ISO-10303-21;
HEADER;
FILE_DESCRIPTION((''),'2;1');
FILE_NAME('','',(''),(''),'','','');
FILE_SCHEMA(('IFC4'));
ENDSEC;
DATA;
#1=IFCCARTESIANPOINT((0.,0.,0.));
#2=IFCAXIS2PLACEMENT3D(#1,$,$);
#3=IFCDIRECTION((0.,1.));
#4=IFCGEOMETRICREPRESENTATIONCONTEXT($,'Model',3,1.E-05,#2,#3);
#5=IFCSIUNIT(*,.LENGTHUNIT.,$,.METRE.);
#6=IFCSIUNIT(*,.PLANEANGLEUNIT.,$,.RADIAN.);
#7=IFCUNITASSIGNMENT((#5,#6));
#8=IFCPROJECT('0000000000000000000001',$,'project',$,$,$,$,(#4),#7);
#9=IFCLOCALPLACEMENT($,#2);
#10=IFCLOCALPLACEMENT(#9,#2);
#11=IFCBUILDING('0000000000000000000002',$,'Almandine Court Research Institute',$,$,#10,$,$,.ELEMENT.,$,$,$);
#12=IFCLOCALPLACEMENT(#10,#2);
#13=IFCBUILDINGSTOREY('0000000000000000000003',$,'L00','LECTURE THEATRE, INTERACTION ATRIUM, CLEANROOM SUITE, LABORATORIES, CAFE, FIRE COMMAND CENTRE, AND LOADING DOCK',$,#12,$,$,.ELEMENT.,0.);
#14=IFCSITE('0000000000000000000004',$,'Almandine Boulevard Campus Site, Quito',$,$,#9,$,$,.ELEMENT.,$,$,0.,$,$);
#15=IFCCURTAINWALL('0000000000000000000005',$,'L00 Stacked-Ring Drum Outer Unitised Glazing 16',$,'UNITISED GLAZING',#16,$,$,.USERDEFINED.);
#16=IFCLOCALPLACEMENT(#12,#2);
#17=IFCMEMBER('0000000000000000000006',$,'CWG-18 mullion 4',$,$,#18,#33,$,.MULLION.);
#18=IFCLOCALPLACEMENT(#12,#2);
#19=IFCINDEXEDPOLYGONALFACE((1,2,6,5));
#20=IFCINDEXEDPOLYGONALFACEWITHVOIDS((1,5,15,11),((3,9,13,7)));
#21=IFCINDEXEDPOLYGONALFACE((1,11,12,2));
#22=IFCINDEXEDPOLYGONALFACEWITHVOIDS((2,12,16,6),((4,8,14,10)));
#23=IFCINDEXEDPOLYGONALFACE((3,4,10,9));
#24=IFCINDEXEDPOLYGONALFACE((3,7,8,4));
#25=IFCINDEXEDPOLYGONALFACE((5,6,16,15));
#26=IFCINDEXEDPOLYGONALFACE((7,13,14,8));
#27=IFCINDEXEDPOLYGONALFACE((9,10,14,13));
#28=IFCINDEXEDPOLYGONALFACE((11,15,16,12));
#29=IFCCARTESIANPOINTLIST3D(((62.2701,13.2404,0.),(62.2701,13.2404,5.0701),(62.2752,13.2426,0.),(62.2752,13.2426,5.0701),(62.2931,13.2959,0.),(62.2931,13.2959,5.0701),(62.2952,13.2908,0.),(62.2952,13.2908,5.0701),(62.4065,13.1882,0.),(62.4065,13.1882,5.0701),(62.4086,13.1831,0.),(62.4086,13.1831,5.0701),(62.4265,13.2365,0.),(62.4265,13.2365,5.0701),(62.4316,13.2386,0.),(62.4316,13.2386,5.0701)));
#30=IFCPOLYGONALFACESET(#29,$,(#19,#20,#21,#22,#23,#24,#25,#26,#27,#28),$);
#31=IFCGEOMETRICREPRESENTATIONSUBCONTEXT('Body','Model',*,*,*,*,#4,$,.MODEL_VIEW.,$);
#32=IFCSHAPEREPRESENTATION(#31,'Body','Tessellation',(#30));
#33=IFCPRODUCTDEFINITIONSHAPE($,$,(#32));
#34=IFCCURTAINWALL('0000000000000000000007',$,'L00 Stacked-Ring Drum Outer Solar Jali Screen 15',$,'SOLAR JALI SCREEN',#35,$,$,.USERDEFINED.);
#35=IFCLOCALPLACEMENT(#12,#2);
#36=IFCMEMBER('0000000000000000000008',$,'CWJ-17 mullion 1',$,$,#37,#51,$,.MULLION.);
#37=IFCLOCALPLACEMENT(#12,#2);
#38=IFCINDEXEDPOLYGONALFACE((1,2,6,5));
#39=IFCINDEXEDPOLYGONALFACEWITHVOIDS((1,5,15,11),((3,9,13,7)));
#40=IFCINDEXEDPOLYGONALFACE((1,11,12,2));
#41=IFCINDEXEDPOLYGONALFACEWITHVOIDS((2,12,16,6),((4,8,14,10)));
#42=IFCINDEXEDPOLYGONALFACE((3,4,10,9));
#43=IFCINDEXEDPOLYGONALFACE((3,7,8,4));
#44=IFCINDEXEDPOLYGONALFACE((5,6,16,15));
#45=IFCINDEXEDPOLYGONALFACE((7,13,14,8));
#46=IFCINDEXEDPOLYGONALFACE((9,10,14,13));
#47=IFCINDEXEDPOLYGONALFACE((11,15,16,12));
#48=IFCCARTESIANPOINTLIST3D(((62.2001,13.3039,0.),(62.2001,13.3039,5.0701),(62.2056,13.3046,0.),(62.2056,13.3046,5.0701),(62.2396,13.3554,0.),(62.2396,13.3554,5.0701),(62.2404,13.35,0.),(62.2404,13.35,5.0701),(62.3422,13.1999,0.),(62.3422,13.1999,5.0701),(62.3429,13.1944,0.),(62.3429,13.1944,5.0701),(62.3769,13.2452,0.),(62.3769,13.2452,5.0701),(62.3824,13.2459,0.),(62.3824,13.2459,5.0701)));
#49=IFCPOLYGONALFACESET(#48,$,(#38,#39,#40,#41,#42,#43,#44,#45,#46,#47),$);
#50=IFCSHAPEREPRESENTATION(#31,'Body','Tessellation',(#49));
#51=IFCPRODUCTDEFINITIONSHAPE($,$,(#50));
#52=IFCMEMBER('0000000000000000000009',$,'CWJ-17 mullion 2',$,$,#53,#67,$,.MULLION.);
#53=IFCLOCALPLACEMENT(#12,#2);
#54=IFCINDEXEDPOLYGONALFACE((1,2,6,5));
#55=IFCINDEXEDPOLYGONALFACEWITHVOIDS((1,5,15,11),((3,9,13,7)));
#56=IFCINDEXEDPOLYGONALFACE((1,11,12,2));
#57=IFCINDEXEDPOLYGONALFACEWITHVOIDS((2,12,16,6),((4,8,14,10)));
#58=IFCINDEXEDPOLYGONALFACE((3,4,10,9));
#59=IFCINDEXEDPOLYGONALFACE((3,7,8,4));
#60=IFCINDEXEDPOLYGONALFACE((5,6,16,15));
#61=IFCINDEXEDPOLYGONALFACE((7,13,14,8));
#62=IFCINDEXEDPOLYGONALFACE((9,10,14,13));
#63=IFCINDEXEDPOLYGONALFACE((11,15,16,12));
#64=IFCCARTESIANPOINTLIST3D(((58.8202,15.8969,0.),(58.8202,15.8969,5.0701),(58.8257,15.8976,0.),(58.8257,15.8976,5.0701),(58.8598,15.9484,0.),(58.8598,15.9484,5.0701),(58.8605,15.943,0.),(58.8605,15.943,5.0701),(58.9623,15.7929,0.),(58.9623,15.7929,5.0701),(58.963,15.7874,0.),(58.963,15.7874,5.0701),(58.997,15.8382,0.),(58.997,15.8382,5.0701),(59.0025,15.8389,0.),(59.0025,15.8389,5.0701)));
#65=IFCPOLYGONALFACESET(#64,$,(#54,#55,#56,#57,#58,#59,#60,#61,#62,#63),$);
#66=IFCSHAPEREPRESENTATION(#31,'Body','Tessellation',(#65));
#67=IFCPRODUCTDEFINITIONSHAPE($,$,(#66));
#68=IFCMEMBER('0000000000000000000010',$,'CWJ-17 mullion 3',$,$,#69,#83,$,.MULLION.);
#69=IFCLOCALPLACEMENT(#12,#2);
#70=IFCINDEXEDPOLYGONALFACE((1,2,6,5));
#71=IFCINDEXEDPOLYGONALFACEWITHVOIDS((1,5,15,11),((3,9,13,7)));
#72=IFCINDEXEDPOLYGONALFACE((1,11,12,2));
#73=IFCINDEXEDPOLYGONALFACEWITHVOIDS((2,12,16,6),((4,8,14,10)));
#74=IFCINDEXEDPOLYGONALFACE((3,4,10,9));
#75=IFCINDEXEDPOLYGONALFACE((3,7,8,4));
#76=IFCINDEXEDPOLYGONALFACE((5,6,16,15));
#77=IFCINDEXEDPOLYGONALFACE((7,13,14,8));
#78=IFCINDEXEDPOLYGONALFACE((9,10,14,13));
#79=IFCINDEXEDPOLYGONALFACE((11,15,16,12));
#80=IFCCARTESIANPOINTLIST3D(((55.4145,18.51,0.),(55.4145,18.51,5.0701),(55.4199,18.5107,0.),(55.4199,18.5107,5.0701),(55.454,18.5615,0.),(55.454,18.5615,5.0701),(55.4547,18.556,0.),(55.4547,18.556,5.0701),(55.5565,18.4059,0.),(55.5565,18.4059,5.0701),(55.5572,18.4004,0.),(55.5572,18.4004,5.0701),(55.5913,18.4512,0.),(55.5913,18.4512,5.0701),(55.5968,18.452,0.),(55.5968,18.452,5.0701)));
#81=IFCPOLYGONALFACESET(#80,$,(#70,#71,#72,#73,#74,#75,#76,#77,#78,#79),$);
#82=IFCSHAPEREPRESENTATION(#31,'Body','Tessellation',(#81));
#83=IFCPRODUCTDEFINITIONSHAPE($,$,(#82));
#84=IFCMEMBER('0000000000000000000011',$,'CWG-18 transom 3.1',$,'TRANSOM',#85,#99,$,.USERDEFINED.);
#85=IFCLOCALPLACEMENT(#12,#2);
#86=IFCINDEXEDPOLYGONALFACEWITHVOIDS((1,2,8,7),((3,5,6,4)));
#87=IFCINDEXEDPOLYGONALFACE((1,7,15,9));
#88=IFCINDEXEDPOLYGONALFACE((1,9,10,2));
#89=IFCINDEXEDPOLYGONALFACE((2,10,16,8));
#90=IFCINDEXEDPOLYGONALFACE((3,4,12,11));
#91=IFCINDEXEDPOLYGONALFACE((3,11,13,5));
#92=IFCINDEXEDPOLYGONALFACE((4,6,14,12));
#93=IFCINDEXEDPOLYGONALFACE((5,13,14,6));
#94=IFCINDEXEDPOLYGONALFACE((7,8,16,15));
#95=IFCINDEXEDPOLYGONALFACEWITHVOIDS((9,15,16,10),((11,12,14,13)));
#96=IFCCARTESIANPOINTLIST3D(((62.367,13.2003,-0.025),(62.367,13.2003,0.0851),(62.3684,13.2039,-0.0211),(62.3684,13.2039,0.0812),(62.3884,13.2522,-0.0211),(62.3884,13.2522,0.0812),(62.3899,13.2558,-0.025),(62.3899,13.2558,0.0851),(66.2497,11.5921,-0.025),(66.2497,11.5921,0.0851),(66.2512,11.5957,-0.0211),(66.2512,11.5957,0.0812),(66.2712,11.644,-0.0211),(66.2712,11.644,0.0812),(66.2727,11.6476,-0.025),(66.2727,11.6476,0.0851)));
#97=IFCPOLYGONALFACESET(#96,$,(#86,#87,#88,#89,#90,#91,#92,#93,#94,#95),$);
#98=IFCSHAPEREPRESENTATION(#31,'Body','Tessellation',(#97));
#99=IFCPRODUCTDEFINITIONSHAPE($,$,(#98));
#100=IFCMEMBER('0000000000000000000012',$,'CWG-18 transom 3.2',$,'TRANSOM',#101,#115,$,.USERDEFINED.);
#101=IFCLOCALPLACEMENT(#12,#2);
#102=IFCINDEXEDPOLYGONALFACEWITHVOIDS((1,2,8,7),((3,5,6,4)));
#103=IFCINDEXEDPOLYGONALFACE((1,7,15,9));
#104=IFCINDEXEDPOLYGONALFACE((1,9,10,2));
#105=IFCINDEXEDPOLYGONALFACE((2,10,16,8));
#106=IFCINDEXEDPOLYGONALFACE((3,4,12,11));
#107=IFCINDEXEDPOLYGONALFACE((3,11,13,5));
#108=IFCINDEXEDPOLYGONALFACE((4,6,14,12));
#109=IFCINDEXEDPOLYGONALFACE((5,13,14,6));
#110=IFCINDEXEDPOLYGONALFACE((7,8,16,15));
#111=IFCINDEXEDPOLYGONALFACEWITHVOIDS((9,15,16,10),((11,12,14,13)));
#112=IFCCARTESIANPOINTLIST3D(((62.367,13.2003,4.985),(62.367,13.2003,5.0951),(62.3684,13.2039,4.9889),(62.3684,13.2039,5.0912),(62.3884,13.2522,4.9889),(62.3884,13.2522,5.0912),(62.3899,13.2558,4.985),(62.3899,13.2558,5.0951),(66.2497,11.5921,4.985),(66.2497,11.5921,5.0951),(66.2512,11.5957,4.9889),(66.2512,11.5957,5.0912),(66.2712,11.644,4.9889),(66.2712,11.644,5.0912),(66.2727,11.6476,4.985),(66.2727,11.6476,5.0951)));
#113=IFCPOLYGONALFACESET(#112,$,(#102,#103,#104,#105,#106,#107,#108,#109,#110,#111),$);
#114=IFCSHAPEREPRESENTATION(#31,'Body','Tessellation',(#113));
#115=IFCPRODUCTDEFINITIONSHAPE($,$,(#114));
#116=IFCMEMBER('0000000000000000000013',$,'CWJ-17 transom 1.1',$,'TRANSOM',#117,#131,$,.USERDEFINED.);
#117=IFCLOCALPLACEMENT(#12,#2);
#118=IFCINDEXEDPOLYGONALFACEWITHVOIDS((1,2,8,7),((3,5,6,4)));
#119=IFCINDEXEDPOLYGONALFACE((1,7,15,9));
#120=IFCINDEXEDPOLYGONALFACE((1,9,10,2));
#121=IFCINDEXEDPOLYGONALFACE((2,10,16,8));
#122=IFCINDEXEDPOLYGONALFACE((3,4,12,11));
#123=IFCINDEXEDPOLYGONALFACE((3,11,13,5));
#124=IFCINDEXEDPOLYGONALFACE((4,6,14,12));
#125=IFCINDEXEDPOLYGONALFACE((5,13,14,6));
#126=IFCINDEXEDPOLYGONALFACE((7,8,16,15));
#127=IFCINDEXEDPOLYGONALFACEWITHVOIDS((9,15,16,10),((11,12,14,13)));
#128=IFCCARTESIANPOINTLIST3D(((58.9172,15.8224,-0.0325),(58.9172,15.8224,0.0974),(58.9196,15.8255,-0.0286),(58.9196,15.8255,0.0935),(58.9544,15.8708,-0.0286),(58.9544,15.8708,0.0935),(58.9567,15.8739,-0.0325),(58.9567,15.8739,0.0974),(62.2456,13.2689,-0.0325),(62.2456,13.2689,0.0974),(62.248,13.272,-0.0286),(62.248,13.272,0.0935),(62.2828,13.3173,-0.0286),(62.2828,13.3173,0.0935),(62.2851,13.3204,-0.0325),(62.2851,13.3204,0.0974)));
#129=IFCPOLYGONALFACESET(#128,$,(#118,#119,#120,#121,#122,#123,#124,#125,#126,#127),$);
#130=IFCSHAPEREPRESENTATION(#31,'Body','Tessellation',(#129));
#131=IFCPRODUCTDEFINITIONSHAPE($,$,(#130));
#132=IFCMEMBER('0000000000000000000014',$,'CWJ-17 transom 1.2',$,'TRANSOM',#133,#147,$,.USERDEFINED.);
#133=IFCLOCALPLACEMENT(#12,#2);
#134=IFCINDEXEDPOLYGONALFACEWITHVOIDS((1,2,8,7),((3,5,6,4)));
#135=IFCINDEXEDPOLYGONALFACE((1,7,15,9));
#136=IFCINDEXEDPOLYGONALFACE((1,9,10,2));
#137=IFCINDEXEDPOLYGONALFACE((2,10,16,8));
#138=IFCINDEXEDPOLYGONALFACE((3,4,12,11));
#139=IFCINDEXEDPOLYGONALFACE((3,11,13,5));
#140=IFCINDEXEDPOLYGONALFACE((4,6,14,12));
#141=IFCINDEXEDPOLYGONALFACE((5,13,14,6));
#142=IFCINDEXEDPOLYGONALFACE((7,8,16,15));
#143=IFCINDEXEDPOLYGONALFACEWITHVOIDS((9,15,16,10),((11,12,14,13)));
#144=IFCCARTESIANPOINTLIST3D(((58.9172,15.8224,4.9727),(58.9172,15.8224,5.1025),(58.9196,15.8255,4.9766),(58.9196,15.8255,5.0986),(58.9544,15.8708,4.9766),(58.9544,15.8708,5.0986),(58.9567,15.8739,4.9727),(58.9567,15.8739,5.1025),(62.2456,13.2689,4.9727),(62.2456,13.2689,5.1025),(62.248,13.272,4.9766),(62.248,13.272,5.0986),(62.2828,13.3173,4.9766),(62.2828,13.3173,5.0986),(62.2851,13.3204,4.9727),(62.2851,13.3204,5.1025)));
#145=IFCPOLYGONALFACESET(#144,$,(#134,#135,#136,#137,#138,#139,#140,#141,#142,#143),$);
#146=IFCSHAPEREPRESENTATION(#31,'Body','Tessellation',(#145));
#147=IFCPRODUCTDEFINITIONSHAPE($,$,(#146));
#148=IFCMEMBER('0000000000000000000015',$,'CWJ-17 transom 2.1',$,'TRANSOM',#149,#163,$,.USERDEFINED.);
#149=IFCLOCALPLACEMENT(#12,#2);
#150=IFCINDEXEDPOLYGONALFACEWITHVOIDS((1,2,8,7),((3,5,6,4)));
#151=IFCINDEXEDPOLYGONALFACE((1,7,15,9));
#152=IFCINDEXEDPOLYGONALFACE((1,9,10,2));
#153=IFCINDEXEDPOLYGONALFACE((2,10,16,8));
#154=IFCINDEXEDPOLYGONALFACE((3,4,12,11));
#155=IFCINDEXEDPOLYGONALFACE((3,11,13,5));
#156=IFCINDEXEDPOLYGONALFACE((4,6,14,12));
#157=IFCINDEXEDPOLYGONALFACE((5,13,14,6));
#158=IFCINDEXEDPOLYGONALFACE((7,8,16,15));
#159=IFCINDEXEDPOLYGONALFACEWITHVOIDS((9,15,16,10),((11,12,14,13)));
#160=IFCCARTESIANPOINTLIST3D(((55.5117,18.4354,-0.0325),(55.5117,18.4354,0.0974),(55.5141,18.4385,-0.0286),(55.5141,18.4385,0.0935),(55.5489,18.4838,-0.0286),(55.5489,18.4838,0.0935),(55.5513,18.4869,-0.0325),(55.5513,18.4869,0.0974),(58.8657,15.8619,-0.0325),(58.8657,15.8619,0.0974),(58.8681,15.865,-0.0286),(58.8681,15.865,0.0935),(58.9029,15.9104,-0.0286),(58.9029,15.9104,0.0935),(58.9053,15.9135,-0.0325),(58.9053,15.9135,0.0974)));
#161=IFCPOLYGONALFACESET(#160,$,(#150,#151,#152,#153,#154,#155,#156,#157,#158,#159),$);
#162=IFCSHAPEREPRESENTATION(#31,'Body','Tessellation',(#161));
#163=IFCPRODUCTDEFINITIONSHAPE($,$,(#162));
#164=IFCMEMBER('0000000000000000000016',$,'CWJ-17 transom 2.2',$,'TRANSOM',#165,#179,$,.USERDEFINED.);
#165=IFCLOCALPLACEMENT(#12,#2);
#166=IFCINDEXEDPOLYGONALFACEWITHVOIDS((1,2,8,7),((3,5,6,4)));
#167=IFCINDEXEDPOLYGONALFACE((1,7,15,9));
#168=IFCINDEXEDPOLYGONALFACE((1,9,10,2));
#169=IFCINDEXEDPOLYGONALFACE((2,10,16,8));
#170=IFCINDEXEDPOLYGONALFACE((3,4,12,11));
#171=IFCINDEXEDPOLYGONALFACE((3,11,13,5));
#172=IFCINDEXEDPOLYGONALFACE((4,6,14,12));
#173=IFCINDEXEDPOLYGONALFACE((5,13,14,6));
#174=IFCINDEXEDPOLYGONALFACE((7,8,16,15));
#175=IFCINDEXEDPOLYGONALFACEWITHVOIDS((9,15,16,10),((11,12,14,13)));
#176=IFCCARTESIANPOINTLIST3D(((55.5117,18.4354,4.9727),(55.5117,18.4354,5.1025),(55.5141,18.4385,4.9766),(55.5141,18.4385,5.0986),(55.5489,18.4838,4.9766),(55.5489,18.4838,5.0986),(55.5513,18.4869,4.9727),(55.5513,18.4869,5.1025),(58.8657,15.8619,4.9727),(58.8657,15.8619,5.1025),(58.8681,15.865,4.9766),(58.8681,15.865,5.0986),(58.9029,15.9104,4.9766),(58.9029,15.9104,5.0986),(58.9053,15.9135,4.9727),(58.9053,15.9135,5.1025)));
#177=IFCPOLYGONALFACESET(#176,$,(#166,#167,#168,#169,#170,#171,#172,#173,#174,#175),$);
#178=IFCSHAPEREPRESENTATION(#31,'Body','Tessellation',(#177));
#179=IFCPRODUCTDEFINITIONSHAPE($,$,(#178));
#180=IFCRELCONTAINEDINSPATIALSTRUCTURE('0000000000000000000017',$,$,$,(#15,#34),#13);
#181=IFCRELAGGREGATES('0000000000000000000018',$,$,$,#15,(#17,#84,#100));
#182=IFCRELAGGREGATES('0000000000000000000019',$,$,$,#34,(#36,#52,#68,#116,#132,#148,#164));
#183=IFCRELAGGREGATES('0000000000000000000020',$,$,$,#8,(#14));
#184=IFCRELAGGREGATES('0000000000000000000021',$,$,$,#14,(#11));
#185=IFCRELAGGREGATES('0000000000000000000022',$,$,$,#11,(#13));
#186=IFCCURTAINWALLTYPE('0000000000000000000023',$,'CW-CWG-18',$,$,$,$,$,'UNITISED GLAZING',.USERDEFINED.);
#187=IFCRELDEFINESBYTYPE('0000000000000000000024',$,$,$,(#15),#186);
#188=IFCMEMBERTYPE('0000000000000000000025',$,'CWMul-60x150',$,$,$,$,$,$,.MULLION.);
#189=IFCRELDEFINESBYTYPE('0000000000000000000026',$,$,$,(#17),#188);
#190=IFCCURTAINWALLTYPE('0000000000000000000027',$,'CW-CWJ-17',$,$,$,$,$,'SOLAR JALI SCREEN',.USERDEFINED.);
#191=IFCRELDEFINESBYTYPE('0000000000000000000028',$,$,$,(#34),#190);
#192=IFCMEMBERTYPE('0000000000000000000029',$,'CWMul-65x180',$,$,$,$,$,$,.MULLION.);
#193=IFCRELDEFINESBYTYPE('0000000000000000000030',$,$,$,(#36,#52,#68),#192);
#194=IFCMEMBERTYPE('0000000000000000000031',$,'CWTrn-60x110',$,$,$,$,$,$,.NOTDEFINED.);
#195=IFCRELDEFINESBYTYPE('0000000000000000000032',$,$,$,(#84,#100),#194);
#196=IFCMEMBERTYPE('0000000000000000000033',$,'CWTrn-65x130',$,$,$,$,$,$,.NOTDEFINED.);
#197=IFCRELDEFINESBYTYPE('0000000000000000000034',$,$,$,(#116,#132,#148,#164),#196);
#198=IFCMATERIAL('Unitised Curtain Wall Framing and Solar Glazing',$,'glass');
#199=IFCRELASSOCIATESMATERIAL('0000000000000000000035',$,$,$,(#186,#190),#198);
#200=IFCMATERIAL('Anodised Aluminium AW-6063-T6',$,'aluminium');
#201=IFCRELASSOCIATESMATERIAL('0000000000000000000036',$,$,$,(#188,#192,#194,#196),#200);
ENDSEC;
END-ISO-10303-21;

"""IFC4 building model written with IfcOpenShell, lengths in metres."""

from ifc_helpers import new_model, si_unit, direction, frame, origin, origin_2d, place, context, subcontext, project, spatial, hollow_rectangle, extrude, material, material_profile, profile_set, type_object, element, aggregate, save


model = new_model("IFC4")

# Units and contexts
model_context = context("Model", 3, precision=1e-05, world=origin(), true_north=direction((0.0, 1.0)))
body_context = subcontext(model_context, "Body", "Model", "MODEL_VIEW")
ifc_project = project(units=[si_unit("LENGTHUNIT", "METRE"), si_unit("PLANEANGLEUNIT", "RADIAN")], contexts=[model_context])

# Site, building, storey
site_placement = place(None, origin())
site = spatial("IfcSite", under=ifc_project, at=site_placement, Name="Almandine Boulevard Campus Site, Quito", CompositionType="ELEMENT", RefElevation=0.0)
building_placement = place(site_placement, origin())
building = spatial("IfcBuilding", under=site, at=building_placement, Name="Almandine Court Research Institute", CompositionType="ELEMENT")
storey_placement = place(building_placement, origin())
storey = spatial("IfcBuildingStorey", under=building, at=storey_placement, Name="L00", Description="LECTURE THEATRE, INTERACTION ATRIUM, CLEANROOM SUITE, LABORATORIES, CAFE, FIRE COMMAND CENTRE, AND LOADING DOCK", CompositionType="ELEMENT", Elevation=0.0)

# Curtain walls, members
ifc_material_1 = material(Name="Unitised Curtain Wall Framing and Solar Glazing", Category="glass")
curtain_wall_type_1 = type_object("IfcCurtainWallType", Name="CW-CWG-18", ElementType="UNITISED GLAZING", PredefinedType="USERDEFINED", material=ifc_material_1)
curtain_wall_1_placement = place(storey_placement, origin())
curtain_wall_1 = element("IfcCurtainWall", 1, at=curtain_wall_1_placement, inside=storey, type_object=curtain_wall_type_1, Name="L00 Stacked-Ring Drum Outer Unitised Glazing 16", ObjectType="UNITISED GLAZING", PredefinedType="USERDEFINED")
ifc_material_2 = material(Name="Anodised Aluminium AW-6063-T6", Category="aluminium")
ifc_material_profile_1 = material_profile(ifc_material_2, hollow_rectangle(XDim=0.0601, YDim=0.1499, WallThickness=0.0039, at=origin_2d()), Name="ALU RHS 60x150x4")
ifc_profile_set_1 = profile_set([ifc_material_profile_1], Name="Anodised Aluminium AW-6063-T6")
member_type_1 = type_object("IfcMemberType", Name="CWMul-60x150", PredefinedType="MULLION", material=ifc_profile_set_1)
member_1_placement = place(storey_placement, frame((62.3508, 13.2395, 0.0), z_axis=(0.0, 0.0, 1.0), x_axis=(-0.382663, -0.923888, 0.0)))
member_1 = element("IfcMember", 2, at=member_1_placement, type_object=member_type_1, Name="CWG-18 mullion 4", PredefinedType="MULLION", context=body_context, shape_type="SweptSolid", body=[
    extrude(hollow_rectangle(XDim=0.0601, YDim=0.1499, WallThickness=0.0039, at=origin_2d()), origin(), (0.0, 0.0, 1.0), 5.0701),
])
curtain_wall_type_2 = type_object("IfcCurtainWallType", Name="CW-CWJ-17", ElementType="SOLAR JALI SCREEN", PredefinedType="USERDEFINED", material=ifc_material_1)
curtain_wall_2_placement = place(storey_placement, origin())
curtain_wall_2 = element("IfcCurtainWall", 3, at=curtain_wall_2_placement, inside=storey, type_object=curtain_wall_type_2, Name="L00 Stacked-Ring Drum Outer Solar Jali Screen 15", ObjectType="SOLAR JALI SCREEN", PredefinedType="USERDEFINED")
ifc_material_profile_2 = material_profile(ifc_material_2, hollow_rectangle(XDim=0.0649, YDim=0.1799, WallThickness=0.0039, at=origin_2d()), Name="ALU RHS 65x180x4")
ifc_profile_set_2 = profile_set([ifc_material_profile_2], Name="Anodised Aluminium AW-6063-T6")
member_type_2 = type_object("IfcMemberType", Name="CWMul-65x180", PredefinedType="MULLION", material=ifc_profile_set_2)
member_2_placement = place(storey_placement, frame((62.2913, 13.2749, 0.0), z_axis=(0.0, 0.0, 1.0), x_axis=(-0.608723, -0.793383, 0.0)))
member_2 = element("IfcMember", 4, at=member_2_placement, type_object=member_type_2, Name="CWJ-17 mullion 1", PredefinedType="MULLION", context=body_context, shape_type="SweptSolid", body=[
    extrude(hollow_rectangle(XDim=0.0649, YDim=0.1799, WallThickness=0.0039, at=origin_2d()), origin(), (0.0, 0.0, 1.0), 5.0701),
])
member_3_placement = place(storey_placement, frame((58.9114, 15.8679, 0.0), z_axis=(0.0, 0.0, 1.0), x_axis=(-0.608723, -0.793383, 0.0)))
member_3 = element("IfcMember", 5, at=member_3_placement, type_object=member_type_2, Name="CWJ-17 mullion 2", PredefinedType="MULLION", context=body_context, shape_type="SweptSolid", body=[
    extrude(hollow_rectangle(XDim=0.0649, YDim=0.1799, WallThickness=0.0039, at=origin_2d()), origin(), (0.0, 0.0, 1.0), 5.0701),
])
member_4_placement = place(storey_placement, frame((55.5056, 18.481, 0.0), z_axis=(0.0, 0.0, 1.0), x_axis=(-0.608723, -0.793383, 0.0)))
member_4 = element("IfcMember", 6, at=member_4_placement, type_object=member_type_2, Name="CWJ-17 mullion 3", PredefinedType="MULLION", context=body_context, shape_type="SweptSolid", body=[
    extrude(hollow_rectangle(XDim=0.0649, YDim=0.1799, WallThickness=0.0039, at=origin_2d()), origin(), (0.0, 0.0, 1.0), 5.0701),
])

# Members
ifc_material_profile_3 = material_profile(ifc_material_2, hollow_rectangle(XDim=0.0601, YDim=0.1101, WallThickness=0.0039, at=origin_2d()), Name="ALU RHS 60x110x4")
ifc_profile_set_3 = profile_set([ifc_material_profile_3], Name="Anodised Aluminium AW-6063-T6")
member_type_3 = type_object("IfcMemberType", Name="CWTrn-60x110", PredefinedType="NOTDEFINED", material=ifc_profile_set_3)
member_5_placement = place(storey_placement, frame((66.2612, 11.6199, 0.03), z_axis=(-0.923893, 0.382651, 0.0), x_axis=(-0.382651, -0.923893, 0.0)))
member_5 = element("IfcMember", 7, at=member_5_placement, type_object=member_type_3, Name="CWG-18 transom 3.1", ObjectType="TRANSOM", PredefinedType="USERDEFINED", context=body_context, shape_type="SweptSolid", body=[
    extrude(hollow_rectangle(XDim=0.0601, YDim=0.1101, WallThickness=0.0039, at=origin_2d()), origin(), (0.0, 0.0, 1.0), 4.2026),
])
member_6_placement = place(storey_placement, frame((66.2612, 11.6199, 5.04), z_axis=(-0.923893, 0.382651, 0.0), x_axis=(-0.382651, -0.923893, 0.0)))
member_6 = element("IfcMember", 8, at=member_6_placement, type_object=member_type_3, Name="CWG-18 transom 3.2", ObjectType="TRANSOM", PredefinedType="USERDEFINED", context=body_context, shape_type="SweptSolid", body=[
    extrude(hollow_rectangle(XDim=0.0601, YDim=0.1101, WallThickness=0.0039, at=origin_2d()), origin(), (0.0, 0.0, 1.0), 4.2026),
])
ifc_material_profile_4 = material_profile(ifc_material_2, hollow_rectangle(XDim=0.0649, YDim=0.1299, WallThickness=0.0039, at=origin_2d()), Name="ALU RHS 65x130x4")
ifc_profile_set_4 = profile_set([ifc_material_profile_4], Name="Anodised Aluminium AW-6063-T6")
member_type_4 = type_object("IfcMemberType", Name="CWTrn-65x130", PredefinedType="NOTDEFINED", material=ifc_profile_set_4)
member_7_placement = place(storey_placement, frame((62.2654, 13.2947, 0.0325), z_axis=(-0.793409, 0.608689, 0.0), x_axis=(-0.608689, -0.793409, 0.0)))
member_7 = element("IfcMember", 9, at=member_7_placement, type_object=member_type_4, Name="CWJ-17 transom 1.1", ObjectType="TRANSOM", PredefinedType="USERDEFINED", context=body_context, shape_type="SweptSolid", body=[
    extrude(hollow_rectangle(XDim=0.0649, YDim=0.1299, WallThickness=0.0039, at=origin_2d()), origin(), (0.0, 0.0, 1.0), 4.1951),
])
member_8_placement = place(storey_placement, frame((62.2654, 13.2947, 5.0376), z_axis=(-0.793409, 0.608689, 0.0), x_axis=(-0.608689, -0.793409, 0.0)))
member_8 = element("IfcMember", 10, at=member_8_placement, type_object=member_type_4, Name="CWJ-17 transom 1.2", ObjectType="TRANSOM", PredefinedType="USERDEFINED", context=body_context, shape_type="SweptSolid", body=[
    extrude(hollow_rectangle(XDim=0.0649, YDim=0.1299, WallThickness=0.0039, at=origin_2d()), origin(), (0.0, 0.0, 1.0), 4.1951),
])
member_9_placement = place(storey_placement, frame((58.8855, 15.8877, 0.0325), z_axis=(-0.793368, 0.608742, 0.0), x_axis=(-0.608742, -0.793368, 0.0)))
member_9 = element("IfcMember", 11, at=member_9_placement, type_object=member_type_4, Name="CWJ-17 transom 2.1", ObjectType="TRANSOM", PredefinedType="USERDEFINED", context=body_context, shape_type="SweptSolid", body=[
    extrude(hollow_rectangle(XDim=0.0649, YDim=0.1299, WallThickness=0.0039, at=origin_2d()), origin(), (0.0, 0.0, 1.0), 4.2275),
])
member_10_placement = place(storey_placement, frame((58.8855, 15.8877, 5.0376), z_axis=(-0.793368, 0.608742, 0.0), x_axis=(-0.608742, -0.793368, 0.0)))
member_10 = element("IfcMember", 12, at=member_10_placement, type_object=member_type_4, Name="CWJ-17 transom 2.2", ObjectType="TRANSOM", PredefinedType="USERDEFINED", context=body_context, shape_type="SweptSolid", body=[
    extrude(hollow_rectangle(XDim=0.0649, YDim=0.1299, WallThickness=0.0039, at=origin_2d()), origin(), (0.0, 0.0, 1.0), 4.2275),
])

aggregate(curtain_wall_1, [member_1, member_5, member_6])
aggregate(curtain_wall_2, [member_2, member_3, member_4, member_7, member_8, member_9, member_10])

save(model, "model.ifc")
